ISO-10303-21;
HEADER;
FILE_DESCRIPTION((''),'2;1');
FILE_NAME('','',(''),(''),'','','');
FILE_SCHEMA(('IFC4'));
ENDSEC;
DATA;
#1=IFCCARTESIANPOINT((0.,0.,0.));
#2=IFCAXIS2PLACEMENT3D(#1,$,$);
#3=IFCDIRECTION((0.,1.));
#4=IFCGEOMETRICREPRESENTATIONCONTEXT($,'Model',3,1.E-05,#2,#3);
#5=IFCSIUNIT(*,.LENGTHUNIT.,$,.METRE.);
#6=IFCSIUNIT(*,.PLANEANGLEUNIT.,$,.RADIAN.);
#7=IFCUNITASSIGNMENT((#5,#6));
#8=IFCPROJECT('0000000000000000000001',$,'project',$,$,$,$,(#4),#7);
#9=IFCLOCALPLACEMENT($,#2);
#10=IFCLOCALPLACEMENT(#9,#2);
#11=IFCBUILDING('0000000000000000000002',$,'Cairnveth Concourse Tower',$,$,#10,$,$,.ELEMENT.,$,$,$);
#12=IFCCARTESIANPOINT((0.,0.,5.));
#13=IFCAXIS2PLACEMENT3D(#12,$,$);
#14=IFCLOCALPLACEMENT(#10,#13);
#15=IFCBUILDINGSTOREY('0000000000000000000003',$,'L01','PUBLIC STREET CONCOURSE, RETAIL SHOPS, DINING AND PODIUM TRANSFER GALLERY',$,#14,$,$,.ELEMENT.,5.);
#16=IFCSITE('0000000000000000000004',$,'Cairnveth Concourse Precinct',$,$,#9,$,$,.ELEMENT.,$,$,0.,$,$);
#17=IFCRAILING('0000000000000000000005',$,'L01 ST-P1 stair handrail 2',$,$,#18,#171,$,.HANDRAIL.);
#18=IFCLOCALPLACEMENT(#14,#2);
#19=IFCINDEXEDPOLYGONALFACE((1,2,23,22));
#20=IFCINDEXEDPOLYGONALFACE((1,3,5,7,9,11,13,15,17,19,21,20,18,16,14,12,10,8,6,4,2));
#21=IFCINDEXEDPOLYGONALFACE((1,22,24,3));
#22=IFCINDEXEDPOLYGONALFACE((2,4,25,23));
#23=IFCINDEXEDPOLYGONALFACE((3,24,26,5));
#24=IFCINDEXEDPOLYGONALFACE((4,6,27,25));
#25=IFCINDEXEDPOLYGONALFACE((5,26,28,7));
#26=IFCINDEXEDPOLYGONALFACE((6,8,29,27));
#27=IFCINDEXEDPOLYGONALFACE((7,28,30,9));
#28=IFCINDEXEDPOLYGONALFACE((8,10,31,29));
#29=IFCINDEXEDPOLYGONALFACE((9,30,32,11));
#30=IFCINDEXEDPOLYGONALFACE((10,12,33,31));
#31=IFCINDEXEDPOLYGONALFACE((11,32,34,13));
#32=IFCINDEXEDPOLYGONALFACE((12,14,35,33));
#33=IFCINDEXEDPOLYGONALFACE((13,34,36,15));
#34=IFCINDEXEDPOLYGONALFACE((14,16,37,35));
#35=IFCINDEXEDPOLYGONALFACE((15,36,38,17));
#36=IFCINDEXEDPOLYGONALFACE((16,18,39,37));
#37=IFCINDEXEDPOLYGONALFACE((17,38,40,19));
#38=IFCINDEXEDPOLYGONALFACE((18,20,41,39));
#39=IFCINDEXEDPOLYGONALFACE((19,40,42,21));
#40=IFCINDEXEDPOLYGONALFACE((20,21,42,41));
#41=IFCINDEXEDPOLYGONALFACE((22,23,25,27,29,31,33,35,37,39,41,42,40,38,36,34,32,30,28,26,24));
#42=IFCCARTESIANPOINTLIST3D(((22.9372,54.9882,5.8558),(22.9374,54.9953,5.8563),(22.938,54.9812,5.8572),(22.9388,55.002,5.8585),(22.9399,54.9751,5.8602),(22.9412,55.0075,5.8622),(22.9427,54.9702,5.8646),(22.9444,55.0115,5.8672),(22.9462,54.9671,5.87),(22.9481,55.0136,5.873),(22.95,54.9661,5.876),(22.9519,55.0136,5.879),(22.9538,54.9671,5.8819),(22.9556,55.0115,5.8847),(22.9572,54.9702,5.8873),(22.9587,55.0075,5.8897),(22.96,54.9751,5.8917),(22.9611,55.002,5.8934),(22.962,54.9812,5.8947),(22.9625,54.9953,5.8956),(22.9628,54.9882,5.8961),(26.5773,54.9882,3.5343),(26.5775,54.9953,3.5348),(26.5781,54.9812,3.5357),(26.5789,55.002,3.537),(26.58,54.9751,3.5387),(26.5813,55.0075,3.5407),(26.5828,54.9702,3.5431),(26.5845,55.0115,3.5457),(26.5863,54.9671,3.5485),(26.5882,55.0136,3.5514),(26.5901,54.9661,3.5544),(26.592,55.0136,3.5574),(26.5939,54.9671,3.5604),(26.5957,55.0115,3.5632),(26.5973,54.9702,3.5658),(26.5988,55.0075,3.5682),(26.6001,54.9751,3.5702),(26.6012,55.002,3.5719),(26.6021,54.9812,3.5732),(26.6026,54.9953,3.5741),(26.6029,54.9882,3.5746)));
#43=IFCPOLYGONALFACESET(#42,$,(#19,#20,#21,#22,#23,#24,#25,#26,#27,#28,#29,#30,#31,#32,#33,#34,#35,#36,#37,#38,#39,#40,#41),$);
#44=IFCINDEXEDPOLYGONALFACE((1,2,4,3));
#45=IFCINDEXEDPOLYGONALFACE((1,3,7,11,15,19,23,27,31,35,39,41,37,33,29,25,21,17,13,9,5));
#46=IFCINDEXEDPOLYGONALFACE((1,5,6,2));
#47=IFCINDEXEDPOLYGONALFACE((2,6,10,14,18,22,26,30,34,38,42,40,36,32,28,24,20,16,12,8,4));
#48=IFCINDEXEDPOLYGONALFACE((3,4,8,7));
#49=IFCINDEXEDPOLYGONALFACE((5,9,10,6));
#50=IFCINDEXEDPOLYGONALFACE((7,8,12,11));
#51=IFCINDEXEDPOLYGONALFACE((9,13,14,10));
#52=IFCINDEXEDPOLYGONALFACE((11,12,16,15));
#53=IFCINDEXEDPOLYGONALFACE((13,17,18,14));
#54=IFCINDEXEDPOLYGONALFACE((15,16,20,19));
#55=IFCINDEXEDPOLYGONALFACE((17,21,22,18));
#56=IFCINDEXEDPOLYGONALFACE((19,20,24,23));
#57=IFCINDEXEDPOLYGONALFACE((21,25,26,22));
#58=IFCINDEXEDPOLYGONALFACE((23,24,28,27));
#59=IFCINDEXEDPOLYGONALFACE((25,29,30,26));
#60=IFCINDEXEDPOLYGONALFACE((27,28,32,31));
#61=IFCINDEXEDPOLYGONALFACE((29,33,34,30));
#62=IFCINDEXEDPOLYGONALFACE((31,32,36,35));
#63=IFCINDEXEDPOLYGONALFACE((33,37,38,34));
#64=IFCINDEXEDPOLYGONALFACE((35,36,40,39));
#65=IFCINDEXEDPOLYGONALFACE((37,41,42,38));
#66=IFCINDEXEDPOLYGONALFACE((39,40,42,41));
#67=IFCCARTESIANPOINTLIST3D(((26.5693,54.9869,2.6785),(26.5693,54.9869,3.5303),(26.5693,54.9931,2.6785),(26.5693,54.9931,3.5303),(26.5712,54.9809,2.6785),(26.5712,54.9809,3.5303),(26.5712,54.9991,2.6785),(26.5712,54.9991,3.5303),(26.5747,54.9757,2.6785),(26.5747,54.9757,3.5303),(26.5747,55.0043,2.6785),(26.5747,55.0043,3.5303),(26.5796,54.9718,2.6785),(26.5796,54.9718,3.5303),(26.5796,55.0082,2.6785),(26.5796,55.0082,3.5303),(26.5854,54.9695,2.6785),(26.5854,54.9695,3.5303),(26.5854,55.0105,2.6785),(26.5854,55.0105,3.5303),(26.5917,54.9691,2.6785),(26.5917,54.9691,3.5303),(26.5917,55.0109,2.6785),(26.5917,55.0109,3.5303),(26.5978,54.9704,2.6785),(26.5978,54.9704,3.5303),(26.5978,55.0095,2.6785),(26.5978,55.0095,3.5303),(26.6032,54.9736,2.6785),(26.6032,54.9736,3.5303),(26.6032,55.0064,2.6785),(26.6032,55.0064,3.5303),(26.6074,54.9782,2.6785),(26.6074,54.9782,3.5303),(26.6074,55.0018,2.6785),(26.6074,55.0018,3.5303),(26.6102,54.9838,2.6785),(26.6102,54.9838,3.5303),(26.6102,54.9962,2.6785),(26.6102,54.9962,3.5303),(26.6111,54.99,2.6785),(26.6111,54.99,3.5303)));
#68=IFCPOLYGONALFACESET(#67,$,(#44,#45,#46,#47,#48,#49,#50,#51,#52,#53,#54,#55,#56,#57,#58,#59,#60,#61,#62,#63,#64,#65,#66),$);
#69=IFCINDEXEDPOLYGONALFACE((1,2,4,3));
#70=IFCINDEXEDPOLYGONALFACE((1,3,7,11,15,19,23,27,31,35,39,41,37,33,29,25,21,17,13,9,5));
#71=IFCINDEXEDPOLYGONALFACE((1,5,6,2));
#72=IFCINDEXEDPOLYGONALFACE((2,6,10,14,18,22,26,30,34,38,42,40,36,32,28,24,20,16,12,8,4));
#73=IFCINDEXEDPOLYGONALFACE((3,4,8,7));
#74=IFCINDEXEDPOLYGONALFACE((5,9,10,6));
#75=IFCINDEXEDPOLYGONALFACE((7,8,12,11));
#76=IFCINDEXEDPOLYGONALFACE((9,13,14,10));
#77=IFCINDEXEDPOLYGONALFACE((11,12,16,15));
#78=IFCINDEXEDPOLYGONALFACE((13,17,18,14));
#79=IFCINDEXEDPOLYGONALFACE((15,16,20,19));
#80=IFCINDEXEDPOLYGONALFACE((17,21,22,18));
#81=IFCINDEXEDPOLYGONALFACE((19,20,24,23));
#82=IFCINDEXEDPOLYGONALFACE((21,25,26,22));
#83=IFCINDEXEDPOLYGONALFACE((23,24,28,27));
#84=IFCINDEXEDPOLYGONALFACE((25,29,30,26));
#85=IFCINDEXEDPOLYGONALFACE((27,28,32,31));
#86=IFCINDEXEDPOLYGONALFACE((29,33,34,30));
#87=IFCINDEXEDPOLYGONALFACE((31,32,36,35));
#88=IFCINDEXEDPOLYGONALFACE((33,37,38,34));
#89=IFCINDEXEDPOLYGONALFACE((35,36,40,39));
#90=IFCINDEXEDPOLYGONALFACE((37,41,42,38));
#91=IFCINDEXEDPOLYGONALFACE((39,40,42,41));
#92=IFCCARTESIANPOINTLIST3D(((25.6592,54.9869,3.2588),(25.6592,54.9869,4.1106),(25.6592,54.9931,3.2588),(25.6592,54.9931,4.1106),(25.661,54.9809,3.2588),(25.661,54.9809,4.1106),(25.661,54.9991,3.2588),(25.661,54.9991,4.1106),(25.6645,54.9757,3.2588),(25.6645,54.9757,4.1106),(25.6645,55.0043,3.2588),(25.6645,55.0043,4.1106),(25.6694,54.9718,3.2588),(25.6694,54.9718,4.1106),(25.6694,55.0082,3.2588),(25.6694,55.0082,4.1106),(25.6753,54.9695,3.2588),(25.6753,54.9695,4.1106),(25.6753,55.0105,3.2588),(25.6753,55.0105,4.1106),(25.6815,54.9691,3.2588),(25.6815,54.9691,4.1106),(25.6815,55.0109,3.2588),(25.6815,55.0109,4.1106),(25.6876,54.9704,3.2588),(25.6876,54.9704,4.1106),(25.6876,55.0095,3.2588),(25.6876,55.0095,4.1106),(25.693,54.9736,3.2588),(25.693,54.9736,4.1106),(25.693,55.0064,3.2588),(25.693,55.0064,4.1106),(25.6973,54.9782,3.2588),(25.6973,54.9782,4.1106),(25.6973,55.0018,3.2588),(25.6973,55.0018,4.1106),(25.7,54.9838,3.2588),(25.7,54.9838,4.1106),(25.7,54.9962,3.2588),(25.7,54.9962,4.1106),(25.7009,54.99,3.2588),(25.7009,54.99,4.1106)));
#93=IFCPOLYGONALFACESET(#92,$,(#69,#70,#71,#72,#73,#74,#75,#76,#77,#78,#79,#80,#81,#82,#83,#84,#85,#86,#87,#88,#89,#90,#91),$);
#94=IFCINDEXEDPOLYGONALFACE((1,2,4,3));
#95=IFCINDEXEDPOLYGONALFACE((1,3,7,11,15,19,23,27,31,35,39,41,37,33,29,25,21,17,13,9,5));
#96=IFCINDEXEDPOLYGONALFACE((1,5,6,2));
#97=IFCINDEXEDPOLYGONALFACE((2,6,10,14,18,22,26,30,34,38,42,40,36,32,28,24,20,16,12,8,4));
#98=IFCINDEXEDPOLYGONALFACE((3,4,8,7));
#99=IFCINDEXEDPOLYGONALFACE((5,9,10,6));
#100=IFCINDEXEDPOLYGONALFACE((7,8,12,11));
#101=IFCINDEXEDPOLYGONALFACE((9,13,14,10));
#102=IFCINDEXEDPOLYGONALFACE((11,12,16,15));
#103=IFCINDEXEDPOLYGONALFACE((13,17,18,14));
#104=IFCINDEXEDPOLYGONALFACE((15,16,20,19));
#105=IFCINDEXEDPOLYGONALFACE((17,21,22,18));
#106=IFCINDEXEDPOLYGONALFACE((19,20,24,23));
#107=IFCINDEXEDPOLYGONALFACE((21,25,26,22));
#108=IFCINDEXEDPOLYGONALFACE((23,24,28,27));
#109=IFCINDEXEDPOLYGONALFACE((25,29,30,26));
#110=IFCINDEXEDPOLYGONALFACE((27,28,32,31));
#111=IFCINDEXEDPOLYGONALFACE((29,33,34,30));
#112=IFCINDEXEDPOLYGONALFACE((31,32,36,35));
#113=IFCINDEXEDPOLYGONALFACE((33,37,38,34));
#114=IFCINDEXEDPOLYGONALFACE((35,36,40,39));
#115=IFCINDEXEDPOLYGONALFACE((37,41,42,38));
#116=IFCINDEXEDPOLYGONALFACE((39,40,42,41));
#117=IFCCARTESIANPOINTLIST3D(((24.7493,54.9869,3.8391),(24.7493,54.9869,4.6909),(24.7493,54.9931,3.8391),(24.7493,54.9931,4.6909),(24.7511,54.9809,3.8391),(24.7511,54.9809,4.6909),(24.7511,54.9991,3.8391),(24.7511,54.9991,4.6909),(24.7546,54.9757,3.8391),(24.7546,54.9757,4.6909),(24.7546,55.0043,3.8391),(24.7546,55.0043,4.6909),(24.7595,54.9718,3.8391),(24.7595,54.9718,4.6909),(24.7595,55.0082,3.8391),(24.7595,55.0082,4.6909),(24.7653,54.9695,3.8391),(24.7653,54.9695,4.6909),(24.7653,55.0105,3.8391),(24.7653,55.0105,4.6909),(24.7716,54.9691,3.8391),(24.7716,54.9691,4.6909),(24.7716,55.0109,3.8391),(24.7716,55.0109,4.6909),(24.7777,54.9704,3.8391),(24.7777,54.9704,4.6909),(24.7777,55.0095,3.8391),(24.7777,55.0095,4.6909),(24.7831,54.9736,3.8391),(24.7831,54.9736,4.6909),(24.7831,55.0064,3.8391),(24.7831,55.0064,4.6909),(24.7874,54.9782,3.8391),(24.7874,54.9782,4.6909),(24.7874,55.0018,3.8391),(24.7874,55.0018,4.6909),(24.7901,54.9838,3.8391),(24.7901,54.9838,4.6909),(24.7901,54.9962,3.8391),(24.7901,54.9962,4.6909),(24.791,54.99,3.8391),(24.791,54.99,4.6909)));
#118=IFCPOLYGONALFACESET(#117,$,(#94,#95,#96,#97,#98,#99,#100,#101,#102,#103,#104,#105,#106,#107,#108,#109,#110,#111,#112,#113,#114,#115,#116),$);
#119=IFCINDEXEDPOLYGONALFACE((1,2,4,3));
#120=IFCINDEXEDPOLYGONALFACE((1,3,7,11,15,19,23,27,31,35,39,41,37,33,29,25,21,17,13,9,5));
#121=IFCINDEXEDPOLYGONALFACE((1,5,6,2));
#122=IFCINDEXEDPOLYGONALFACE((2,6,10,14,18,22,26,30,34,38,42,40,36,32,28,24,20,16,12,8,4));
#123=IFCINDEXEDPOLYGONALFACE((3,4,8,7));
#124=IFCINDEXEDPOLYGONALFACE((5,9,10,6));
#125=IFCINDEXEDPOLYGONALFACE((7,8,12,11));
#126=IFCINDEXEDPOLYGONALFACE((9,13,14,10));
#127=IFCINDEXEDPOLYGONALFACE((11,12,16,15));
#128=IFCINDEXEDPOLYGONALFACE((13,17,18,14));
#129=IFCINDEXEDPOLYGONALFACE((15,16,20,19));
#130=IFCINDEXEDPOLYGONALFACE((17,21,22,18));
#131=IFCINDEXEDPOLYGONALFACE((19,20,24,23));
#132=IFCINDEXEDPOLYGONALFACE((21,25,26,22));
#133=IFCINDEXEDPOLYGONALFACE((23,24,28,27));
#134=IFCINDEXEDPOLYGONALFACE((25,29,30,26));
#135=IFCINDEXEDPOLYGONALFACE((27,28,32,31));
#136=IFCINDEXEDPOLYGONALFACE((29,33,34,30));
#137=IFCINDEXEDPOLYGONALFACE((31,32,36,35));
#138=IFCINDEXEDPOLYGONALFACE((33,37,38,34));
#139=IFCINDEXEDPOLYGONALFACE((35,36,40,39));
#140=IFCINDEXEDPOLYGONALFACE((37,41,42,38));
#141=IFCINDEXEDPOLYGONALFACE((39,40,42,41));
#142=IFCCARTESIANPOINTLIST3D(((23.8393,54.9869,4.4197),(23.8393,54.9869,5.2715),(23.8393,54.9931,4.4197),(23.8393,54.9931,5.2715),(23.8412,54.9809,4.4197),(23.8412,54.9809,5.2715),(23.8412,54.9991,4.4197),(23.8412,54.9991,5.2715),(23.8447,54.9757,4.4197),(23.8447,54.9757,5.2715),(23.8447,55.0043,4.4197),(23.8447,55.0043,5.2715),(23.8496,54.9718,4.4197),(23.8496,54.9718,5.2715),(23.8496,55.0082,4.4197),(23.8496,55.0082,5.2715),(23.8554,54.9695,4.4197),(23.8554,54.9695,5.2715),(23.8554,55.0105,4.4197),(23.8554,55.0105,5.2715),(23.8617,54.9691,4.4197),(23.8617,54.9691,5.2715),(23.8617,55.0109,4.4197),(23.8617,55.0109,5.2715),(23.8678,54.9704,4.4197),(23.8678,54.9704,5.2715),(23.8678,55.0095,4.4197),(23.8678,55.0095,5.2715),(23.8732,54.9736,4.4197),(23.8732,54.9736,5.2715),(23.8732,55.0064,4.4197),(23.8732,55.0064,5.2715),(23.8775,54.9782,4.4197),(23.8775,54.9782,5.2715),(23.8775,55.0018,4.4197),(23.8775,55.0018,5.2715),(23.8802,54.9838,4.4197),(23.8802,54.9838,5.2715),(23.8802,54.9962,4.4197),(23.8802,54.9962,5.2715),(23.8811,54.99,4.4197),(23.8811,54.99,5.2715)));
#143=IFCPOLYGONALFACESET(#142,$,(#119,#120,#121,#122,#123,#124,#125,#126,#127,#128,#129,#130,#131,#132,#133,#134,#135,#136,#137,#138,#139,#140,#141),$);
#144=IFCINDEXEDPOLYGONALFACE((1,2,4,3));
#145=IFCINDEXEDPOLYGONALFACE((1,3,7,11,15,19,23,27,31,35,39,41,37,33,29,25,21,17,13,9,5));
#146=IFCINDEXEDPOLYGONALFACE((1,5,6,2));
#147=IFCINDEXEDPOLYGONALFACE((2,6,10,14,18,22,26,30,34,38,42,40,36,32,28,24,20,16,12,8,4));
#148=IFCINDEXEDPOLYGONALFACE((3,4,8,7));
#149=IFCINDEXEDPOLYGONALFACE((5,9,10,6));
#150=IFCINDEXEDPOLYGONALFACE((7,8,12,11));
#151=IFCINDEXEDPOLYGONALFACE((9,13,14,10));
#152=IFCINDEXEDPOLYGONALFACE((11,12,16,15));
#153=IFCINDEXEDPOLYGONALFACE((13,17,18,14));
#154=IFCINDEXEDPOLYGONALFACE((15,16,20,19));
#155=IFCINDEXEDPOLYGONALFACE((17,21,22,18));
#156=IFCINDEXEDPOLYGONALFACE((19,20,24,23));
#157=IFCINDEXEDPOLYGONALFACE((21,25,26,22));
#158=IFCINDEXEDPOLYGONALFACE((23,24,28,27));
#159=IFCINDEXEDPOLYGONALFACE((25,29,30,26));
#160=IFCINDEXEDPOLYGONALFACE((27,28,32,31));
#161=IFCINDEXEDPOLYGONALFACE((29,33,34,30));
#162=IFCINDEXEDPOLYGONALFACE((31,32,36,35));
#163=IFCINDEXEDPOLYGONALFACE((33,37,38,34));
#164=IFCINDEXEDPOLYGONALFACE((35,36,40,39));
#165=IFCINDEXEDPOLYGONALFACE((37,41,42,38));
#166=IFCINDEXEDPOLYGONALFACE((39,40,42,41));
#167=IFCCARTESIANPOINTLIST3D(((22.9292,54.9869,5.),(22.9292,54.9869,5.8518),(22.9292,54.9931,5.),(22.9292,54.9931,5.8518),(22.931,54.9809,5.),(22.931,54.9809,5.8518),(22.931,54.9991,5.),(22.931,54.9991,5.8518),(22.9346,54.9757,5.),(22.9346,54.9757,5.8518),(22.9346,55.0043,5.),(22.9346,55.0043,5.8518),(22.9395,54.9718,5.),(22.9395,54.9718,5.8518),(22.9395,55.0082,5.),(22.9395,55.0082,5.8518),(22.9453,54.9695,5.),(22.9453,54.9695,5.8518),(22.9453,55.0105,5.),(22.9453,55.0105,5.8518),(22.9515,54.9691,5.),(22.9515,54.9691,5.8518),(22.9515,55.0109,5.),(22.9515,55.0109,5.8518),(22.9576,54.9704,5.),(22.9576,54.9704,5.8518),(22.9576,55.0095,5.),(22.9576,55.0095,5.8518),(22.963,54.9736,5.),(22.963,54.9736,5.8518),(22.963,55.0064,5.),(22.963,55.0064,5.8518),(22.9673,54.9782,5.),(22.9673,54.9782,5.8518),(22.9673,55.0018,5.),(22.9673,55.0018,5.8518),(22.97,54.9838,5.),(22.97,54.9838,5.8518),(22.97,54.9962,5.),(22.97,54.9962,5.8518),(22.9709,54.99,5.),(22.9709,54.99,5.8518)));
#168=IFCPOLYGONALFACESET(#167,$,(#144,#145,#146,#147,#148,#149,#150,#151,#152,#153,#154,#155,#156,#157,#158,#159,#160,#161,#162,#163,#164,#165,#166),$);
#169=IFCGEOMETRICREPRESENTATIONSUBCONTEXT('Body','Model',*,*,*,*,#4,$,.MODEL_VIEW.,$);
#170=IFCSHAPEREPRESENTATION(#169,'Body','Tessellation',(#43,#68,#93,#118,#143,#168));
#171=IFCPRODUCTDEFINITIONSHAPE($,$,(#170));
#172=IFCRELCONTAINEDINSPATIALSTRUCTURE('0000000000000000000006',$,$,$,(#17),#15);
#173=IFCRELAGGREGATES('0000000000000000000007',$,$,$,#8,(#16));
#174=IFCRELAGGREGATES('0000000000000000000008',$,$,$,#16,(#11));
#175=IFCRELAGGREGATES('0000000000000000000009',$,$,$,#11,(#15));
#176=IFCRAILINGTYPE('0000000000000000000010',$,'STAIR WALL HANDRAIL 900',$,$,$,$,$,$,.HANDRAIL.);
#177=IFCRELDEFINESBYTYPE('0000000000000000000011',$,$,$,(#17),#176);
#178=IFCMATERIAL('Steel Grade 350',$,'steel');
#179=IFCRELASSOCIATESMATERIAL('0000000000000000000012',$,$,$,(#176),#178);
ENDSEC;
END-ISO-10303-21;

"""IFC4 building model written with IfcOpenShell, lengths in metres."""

from ifc_helpers import new_model, si_unit, direction, frame, origin, origin_2d, place, context, subcontext, project, spatial, circle, extrude, material, type_object, element, save


model = new_model("IFC4")

# Units and contexts
model_context = context("Model", 3, precision=1e-05, world=origin(), true_north=direction((0.0, 1.0)))
body_context = subcontext(model_context, "Body", "Model", "MODEL_VIEW")
ifc_project = project(units=[si_unit("LENGTHUNIT", "METRE"), si_unit("PLANEANGLEUNIT", "RADIAN")], contexts=[model_context])

# Site, building, storey
site_placement = place(None, origin())
site = spatial("IfcSite", under=ifc_project, at=site_placement, Name="Cairnveth Concourse Precinct", CompositionType="ELEMENT", RefElevation=0.0)
building_placement = place(site_placement, origin())
building = spatial("IfcBuilding", under=site, at=building_placement, Name="Cairnveth Concourse Tower", CompositionType="ELEMENT")
storey_placement = place(building_placement, frame((0.0, 0.0, 5.0)))
storey = spatial("IfcBuildingStorey", under=building, at=storey_placement, Name="L01", Description="PUBLIC STREET CONCOURSE, RETAIL SHOPS, DINING AND PODIUM TRANSFER GALLERY", CompositionType="ELEMENT", Elevation=5.0)

# Shared definitions
ifc_material_1 = material(Name="Steel Grade 350", Category="steel")

# Railing
railing_type_1 = type_object("IfcRailingType", Name="STAIR WALL HANDRAIL 900", PredefinedType="HANDRAIL", material=ifc_material_1)
railing_1_placement = place(storey_placement, frame((26.5901, 54.99, 2.6785)))
element("IfcRailing", 1, at=railing_1_placement, inside=storey, type_object=railing_type_1, Name="L01 ST-P1 stair handrail 2", PredefinedType="HANDRAIL", context=body_context, shape_type="SweptSolid", body=[
    extrude(circle(Radius=0.0239, at=origin_2d()), frame((0.0, 0.0, 0.876), z_axis=(-0.843128, 0.0, 0.537713), x_axis=(0.0, -1.0, 0.0)), (0.0, 0.0, 1.0), 4.3174),
    extrude(circle(Radius=0.021, at=origin_2d()), origin(), (0.0, 0.0, 1.0), 0.8518),
    extrude(circle(Radius=0.021, at=origin_2d()), frame((-0.9102, 0.0, 0.5803)), (0.0, 0.0, 1.0), 0.8518),
    extrude(circle(Radius=0.021, at=origin_2d()), frame((-1.8201, 0.0, 1.1606)), (0.0, 0.0, 1.0), 0.8518),
    extrude(circle(Radius=0.021, at=origin_2d()), frame((-2.73, 0.0, 1.7412)), (0.0, 0.0, 1.0), 0.8518),
    extrude(circle(Radius=0.021, at=origin_2d()), frame((-3.6401, 0.0, 2.3215)), (0.0, 0.0, 1.0), 0.8518),
])

save(model, "model.ifc")
